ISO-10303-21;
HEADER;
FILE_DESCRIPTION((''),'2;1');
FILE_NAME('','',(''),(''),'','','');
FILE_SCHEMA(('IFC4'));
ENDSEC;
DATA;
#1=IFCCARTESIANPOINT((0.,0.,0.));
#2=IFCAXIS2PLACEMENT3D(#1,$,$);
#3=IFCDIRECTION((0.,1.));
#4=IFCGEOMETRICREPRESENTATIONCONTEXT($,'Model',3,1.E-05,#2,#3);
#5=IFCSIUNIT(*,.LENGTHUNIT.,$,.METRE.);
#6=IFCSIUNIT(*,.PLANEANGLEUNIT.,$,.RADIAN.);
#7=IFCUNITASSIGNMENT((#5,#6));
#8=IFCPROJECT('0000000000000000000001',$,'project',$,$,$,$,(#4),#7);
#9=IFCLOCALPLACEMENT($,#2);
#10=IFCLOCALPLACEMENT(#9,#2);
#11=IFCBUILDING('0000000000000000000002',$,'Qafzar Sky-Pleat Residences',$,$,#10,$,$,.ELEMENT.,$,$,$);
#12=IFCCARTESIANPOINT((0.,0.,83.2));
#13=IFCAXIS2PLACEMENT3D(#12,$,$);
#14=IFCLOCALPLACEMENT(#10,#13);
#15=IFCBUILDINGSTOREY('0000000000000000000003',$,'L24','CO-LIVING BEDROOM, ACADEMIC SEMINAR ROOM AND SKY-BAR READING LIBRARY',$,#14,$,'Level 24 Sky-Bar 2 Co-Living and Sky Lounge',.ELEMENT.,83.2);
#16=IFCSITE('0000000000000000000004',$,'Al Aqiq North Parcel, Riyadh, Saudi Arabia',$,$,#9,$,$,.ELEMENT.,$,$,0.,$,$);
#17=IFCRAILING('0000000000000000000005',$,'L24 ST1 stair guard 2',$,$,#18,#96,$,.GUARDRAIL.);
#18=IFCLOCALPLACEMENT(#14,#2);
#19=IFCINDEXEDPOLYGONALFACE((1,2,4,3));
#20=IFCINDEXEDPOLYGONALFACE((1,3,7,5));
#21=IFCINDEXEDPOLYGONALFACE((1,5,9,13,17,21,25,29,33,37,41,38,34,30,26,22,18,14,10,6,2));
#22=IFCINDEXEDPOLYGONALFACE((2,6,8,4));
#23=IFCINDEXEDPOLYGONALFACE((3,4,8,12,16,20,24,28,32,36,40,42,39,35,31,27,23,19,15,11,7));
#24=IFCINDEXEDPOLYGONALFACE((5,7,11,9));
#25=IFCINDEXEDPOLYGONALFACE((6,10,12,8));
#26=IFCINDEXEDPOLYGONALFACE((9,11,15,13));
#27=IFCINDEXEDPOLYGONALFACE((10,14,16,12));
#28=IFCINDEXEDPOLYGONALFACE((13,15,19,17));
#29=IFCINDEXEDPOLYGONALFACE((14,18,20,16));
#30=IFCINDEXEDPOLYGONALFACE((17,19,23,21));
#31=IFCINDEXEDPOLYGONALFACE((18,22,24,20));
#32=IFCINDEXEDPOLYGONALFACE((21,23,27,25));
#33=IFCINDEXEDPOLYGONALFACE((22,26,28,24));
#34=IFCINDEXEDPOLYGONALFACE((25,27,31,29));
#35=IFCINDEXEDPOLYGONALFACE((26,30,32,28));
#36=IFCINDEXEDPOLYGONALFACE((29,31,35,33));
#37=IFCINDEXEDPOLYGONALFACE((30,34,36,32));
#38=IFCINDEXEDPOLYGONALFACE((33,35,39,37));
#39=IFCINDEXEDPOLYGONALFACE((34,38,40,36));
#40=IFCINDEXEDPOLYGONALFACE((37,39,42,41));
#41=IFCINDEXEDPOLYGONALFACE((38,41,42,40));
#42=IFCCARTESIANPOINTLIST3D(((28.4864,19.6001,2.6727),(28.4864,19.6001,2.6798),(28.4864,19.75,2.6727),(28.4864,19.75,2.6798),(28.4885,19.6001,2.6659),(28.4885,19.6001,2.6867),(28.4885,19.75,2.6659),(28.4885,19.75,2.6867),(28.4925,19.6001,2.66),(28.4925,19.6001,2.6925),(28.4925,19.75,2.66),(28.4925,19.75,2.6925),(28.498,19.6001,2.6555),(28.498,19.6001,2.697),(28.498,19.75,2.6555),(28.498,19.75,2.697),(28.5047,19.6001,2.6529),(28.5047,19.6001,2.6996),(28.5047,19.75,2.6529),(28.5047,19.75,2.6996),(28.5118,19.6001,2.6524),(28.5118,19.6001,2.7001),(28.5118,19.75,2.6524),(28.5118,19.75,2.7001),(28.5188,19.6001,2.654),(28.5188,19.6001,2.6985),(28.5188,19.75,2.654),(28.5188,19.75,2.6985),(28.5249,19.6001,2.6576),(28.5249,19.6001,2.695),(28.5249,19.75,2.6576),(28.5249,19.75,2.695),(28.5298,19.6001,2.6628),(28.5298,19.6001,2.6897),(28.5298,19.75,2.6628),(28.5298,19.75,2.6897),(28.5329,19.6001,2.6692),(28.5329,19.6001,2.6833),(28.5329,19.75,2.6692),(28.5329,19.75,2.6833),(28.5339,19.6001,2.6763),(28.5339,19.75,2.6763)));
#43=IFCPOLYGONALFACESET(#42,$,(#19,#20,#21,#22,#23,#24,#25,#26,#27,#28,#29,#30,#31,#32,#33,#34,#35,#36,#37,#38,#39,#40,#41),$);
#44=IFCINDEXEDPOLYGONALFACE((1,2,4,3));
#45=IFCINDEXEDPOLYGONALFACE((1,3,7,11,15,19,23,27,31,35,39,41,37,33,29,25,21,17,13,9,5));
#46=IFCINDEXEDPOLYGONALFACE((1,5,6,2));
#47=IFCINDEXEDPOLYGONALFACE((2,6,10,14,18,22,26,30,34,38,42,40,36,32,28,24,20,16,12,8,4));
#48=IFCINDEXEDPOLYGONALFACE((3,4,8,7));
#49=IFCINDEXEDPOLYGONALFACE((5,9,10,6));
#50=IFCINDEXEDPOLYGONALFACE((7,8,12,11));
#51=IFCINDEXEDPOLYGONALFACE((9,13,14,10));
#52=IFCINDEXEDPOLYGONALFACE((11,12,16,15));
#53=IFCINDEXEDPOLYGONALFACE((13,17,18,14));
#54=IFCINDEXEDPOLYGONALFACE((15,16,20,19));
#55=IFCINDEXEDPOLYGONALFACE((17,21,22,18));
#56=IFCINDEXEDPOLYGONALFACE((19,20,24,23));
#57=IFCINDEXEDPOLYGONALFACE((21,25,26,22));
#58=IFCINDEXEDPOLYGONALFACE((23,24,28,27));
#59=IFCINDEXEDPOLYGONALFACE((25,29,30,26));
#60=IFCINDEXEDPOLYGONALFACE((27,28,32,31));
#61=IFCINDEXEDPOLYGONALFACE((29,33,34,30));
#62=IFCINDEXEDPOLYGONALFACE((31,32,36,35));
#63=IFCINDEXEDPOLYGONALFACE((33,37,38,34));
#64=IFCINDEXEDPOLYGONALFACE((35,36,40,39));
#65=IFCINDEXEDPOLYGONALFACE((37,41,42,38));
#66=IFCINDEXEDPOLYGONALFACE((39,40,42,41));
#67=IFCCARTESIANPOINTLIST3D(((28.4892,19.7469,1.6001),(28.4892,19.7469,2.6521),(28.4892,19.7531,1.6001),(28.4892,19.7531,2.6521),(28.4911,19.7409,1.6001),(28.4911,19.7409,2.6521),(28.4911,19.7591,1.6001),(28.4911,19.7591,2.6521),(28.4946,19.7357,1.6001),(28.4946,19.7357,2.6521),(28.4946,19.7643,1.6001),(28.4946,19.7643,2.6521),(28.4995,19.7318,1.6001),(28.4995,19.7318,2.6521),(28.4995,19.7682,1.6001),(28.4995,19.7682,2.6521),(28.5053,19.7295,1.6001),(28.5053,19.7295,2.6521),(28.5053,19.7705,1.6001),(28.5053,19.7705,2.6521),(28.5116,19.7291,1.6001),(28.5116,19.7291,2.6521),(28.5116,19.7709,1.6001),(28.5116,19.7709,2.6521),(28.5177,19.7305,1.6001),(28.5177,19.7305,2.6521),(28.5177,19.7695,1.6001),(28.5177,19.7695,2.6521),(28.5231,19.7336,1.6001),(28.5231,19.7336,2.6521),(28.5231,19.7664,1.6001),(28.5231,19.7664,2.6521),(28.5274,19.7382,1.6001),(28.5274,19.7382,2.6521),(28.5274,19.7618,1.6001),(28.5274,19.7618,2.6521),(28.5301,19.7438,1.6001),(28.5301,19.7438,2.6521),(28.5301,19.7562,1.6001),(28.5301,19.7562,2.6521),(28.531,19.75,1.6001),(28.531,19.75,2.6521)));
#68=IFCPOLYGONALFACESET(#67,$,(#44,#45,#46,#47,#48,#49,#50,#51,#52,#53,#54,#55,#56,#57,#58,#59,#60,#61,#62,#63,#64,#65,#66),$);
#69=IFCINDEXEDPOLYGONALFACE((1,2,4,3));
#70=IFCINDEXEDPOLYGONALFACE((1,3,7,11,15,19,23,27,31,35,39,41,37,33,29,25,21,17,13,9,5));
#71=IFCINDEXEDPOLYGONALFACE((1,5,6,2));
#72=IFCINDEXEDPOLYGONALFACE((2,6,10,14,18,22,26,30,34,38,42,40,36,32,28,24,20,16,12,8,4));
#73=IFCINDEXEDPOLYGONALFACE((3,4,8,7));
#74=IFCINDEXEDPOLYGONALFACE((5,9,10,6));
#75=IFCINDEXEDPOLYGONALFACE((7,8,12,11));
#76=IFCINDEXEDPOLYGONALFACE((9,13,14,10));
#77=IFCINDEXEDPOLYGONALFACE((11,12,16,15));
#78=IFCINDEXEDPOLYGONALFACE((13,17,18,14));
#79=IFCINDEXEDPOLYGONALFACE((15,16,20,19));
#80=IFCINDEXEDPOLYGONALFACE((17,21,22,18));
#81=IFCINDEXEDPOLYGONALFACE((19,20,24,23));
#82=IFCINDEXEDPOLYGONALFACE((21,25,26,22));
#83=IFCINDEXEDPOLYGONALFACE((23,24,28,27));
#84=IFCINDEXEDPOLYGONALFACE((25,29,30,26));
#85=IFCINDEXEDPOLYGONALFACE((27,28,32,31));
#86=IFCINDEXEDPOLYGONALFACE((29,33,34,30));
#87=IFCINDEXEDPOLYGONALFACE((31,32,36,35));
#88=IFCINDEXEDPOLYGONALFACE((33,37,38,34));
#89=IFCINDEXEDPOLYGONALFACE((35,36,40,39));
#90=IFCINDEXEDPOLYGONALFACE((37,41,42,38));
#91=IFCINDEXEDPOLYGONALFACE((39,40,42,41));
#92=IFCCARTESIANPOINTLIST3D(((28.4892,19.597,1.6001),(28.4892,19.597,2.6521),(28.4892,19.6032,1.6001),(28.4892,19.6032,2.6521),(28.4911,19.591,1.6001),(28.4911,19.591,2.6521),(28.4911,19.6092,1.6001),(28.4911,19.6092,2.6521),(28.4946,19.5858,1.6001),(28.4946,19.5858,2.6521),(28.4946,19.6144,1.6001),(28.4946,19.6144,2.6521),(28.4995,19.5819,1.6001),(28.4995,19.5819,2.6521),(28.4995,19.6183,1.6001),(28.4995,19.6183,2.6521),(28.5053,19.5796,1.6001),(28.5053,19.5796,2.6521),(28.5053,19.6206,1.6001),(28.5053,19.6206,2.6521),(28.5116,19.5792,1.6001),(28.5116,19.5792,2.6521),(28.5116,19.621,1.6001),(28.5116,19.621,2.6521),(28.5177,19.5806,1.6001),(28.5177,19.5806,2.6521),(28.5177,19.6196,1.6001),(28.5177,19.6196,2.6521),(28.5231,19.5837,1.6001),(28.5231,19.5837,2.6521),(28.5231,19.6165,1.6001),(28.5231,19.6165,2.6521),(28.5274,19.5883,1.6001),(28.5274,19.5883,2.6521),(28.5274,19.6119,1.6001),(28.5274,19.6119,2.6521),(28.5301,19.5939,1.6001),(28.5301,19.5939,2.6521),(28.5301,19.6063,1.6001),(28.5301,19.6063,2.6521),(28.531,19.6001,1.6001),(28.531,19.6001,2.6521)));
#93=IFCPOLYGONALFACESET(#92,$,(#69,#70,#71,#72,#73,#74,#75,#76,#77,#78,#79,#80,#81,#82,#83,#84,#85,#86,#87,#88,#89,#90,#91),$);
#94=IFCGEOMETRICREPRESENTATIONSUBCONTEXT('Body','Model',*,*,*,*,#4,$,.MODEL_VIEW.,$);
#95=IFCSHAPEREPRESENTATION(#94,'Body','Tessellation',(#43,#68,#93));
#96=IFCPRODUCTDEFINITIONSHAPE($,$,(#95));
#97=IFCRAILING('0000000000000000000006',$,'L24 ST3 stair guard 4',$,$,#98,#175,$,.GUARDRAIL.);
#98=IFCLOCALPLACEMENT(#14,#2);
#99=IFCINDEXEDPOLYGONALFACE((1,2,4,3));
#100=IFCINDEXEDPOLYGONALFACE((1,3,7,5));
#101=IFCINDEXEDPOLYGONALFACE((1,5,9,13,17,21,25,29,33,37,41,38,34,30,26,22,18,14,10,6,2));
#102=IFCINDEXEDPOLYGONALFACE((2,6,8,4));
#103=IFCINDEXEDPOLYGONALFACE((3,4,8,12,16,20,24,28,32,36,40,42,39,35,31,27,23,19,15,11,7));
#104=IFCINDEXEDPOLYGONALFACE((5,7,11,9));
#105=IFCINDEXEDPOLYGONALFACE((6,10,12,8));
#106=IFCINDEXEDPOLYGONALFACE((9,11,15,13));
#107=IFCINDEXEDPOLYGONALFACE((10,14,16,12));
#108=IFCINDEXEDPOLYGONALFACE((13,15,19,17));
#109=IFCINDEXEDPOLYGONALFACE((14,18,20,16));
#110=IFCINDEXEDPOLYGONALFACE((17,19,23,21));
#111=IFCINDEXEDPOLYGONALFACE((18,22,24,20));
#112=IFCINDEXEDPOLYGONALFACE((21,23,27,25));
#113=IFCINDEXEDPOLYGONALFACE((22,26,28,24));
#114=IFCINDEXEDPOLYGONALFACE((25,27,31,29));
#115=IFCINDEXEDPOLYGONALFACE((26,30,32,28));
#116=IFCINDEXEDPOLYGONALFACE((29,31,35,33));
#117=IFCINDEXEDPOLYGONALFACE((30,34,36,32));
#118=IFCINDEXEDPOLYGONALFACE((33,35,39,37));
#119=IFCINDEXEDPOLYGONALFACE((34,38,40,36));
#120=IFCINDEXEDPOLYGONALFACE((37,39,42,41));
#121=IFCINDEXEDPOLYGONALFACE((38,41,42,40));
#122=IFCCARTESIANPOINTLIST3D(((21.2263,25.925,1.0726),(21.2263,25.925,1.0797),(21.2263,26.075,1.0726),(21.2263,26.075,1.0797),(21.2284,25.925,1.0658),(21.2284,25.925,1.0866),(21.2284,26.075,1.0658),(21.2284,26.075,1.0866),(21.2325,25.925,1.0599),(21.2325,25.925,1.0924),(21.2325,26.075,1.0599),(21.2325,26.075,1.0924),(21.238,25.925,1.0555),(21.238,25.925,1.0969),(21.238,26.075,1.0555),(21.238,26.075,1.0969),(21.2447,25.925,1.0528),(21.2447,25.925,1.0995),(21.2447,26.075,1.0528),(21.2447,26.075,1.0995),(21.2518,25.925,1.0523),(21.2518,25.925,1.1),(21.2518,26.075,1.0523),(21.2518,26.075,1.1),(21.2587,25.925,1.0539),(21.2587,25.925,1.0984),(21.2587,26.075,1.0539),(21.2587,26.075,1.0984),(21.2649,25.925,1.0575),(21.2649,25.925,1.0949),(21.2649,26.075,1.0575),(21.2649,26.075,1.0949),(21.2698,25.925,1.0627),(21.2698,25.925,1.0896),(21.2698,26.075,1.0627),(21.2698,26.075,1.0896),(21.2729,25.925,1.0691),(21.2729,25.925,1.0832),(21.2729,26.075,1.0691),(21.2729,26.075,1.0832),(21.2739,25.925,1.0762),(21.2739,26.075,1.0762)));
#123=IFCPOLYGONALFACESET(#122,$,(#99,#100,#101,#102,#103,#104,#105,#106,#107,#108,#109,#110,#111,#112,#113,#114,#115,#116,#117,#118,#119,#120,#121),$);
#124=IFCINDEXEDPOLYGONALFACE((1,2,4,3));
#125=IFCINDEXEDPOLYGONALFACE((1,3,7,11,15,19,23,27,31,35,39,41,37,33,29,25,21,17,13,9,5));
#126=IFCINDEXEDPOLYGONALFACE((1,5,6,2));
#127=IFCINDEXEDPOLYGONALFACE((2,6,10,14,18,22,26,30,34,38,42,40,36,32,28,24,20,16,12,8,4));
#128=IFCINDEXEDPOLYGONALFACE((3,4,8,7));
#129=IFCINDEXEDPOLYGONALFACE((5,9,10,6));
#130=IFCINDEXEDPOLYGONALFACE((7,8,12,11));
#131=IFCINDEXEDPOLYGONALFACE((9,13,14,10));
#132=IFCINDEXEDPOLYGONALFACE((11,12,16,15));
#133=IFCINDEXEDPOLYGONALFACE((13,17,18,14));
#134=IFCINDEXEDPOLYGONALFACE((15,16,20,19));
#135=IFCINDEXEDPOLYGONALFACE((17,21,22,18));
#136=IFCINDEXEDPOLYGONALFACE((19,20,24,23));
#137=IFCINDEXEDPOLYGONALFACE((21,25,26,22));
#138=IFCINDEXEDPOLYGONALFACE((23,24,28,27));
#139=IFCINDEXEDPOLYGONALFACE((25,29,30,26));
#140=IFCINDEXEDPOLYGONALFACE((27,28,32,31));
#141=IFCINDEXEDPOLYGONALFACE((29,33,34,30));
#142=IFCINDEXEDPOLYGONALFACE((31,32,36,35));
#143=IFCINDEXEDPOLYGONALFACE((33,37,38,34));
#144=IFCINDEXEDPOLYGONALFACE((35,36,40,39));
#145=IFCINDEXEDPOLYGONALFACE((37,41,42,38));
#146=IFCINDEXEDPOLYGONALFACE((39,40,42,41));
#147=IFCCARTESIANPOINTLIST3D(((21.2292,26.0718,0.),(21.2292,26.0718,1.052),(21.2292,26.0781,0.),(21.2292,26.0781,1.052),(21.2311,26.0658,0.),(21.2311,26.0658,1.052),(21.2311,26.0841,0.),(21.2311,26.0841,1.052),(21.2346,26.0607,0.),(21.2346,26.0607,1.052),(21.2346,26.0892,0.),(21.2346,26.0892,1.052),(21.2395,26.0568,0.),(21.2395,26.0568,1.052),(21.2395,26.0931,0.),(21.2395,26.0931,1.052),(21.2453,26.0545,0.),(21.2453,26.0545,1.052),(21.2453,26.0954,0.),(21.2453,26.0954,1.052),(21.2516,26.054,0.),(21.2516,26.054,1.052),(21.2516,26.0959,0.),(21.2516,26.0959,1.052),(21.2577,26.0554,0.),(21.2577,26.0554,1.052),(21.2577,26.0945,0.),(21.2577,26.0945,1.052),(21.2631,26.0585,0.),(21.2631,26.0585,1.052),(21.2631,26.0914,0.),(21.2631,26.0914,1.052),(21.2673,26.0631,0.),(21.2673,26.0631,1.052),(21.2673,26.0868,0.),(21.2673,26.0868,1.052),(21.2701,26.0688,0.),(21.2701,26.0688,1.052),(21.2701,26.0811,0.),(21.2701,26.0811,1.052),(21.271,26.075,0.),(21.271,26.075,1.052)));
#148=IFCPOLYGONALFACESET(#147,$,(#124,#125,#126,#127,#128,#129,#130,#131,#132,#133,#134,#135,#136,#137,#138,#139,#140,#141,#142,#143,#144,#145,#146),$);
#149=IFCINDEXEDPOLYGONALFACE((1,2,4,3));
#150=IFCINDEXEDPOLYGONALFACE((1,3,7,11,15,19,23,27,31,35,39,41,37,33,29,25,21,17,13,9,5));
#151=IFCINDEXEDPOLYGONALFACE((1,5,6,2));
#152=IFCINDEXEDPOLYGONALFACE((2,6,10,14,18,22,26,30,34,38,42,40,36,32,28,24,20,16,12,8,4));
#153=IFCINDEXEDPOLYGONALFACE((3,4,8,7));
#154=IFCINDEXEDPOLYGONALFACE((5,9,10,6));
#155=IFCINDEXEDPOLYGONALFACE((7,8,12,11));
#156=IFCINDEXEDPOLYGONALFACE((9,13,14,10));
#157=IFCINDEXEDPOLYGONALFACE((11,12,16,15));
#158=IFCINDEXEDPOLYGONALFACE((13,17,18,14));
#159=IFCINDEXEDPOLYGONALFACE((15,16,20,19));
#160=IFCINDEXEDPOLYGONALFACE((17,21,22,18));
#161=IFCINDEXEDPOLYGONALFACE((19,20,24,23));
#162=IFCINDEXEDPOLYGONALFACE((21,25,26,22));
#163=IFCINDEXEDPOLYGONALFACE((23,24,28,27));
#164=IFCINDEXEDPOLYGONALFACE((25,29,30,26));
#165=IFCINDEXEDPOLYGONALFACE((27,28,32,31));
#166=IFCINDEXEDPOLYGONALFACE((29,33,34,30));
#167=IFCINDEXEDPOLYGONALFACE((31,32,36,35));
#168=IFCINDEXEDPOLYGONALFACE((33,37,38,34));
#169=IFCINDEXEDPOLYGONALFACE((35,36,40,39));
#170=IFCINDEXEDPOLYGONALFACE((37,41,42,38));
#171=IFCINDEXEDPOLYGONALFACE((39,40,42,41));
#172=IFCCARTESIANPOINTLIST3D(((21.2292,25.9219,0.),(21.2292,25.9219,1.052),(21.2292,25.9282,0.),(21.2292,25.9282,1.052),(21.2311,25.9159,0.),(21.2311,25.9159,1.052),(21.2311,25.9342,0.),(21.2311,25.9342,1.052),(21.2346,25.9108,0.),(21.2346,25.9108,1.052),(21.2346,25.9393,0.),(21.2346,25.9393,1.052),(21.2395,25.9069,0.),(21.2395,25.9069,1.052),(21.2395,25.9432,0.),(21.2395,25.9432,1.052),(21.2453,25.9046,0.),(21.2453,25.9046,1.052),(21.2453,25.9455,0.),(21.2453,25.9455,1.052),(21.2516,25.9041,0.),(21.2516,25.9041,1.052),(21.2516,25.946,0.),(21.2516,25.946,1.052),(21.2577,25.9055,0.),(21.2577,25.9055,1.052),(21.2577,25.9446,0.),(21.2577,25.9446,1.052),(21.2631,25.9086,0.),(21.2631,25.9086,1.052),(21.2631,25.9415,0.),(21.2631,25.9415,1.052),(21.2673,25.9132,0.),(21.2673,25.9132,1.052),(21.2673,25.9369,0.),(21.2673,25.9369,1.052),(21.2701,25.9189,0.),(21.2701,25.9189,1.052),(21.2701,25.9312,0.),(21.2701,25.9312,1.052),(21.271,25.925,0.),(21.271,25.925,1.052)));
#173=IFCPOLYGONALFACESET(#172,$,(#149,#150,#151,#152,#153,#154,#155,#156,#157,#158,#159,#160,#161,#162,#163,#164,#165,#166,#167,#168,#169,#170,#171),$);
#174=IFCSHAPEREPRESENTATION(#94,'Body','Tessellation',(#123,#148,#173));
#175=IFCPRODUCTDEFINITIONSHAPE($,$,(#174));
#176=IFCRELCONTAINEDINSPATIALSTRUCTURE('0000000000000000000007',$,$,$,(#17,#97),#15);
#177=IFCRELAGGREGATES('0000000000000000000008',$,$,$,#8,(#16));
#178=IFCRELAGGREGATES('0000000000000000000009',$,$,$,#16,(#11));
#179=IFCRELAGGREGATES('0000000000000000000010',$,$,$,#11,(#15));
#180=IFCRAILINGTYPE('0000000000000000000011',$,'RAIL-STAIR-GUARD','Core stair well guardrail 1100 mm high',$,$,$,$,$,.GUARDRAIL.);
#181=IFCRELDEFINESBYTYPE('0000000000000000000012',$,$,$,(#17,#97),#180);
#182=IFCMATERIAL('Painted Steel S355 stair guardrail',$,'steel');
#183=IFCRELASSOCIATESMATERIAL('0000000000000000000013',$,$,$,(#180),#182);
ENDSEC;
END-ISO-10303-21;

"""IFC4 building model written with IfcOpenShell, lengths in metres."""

from ifc_helpers import new_model, si_unit, direction, frame, origin, origin_2d, place, context, subcontext, project, spatial, circle, extrude, source, transform, mapped, material, type_object, element, save


model = new_model("IFC4")

# Units and contexts
model_context = context("Model", 3, precision=1e-05, world=origin(), true_north=direction((0.0, 1.0)))
body_context = subcontext(model_context, "Body", "Model", "MODEL_VIEW")
ifc_project = project(units=[si_unit("LENGTHUNIT", "METRE"), si_unit("PLANEANGLEUNIT", "RADIAN")], contexts=[model_context])

# Site, building, storey
site_placement = place(None, origin())
site = spatial("IfcSite", under=ifc_project, at=site_placement, Name="Al Aqiq North Parcel, Riyadh, Saudi Arabia", CompositionType="ELEMENT", RefElevation=0.0)
building_placement = place(site_placement, origin())
building = spatial("IfcBuilding", under=site, at=building_placement, Name="Qafzar Sky-Pleat Residences", CompositionType="ELEMENT")
storey_placement = place(building_placement, frame((0.0, 0.0, 83.2)))
storey = spatial("IfcBuildingStorey", under=building, at=storey_placement, Name="L24", Description="CO-LIVING BEDROOM, ACADEMIC SEMINAR ROOM AND SKY-BAR READING LIBRARY", LongName="Level 24 Sky-Bar 2 Co-Living and Sky Lounge", CompositionType="ELEMENT", Elevation=83.2)

# Railings
ifc_material_1 = material(Name="Painted Steel S355 stair guardrail", Category="steel")
railing_type_1 = type_object("IfcRailingType", Name="RAIL-STAIR-GUARD", Description="Core stair well guardrail 1100 mm high", PredefinedType="GUARDRAIL", material=ifc_material_1)
shared_shape_1 = source(origin(), body_context, "Body", "SweptSolid", [
    extrude(circle(Radius=0.0239, at=origin_2d()), frame((0.0, 0.0, 1.0762), z_axis=(0.0, -1.0, 0.0), x_axis=(1.0, 0.0, 0.0)), (0.0, 0.0, 1.0), 0.1499),
    extrude(circle(Radius=0.021, at=origin_2d()), origin(), (0.0, 0.0, 1.0), 1.052),
    extrude(circle(Radius=0.021, at=origin_2d()), frame((0.0, -0.1499, 0.0)), (0.0, 0.0, 1.0), 1.052),
])
for number, where, name in (
    (1, (28.51, 19.75, 1.6001), "L24 ST1 stair guard 2"),
    (2, (21.25, 26.075, 0.0), "L24 ST3 stair guard 4"),
):
    element("IfcRailing", number, at=place(storey_placement, frame(where)), inside=storey, type_object=railing_type_1, Name=name, PredefinedType="GUARDRAIL", context=body_context, shape_type="MappedRepresentation", body=[
        mapped(shared_shape_1, transform((0.0, 0.0, 0.0), x_axis=(1.0, 0.0, 0.0), y_axis=(0.0, 1.0, 0.0), z_axis=(0.0, 0.0, 1.0), scale=1.0)),
    ])

save(model, "model.ifc")
